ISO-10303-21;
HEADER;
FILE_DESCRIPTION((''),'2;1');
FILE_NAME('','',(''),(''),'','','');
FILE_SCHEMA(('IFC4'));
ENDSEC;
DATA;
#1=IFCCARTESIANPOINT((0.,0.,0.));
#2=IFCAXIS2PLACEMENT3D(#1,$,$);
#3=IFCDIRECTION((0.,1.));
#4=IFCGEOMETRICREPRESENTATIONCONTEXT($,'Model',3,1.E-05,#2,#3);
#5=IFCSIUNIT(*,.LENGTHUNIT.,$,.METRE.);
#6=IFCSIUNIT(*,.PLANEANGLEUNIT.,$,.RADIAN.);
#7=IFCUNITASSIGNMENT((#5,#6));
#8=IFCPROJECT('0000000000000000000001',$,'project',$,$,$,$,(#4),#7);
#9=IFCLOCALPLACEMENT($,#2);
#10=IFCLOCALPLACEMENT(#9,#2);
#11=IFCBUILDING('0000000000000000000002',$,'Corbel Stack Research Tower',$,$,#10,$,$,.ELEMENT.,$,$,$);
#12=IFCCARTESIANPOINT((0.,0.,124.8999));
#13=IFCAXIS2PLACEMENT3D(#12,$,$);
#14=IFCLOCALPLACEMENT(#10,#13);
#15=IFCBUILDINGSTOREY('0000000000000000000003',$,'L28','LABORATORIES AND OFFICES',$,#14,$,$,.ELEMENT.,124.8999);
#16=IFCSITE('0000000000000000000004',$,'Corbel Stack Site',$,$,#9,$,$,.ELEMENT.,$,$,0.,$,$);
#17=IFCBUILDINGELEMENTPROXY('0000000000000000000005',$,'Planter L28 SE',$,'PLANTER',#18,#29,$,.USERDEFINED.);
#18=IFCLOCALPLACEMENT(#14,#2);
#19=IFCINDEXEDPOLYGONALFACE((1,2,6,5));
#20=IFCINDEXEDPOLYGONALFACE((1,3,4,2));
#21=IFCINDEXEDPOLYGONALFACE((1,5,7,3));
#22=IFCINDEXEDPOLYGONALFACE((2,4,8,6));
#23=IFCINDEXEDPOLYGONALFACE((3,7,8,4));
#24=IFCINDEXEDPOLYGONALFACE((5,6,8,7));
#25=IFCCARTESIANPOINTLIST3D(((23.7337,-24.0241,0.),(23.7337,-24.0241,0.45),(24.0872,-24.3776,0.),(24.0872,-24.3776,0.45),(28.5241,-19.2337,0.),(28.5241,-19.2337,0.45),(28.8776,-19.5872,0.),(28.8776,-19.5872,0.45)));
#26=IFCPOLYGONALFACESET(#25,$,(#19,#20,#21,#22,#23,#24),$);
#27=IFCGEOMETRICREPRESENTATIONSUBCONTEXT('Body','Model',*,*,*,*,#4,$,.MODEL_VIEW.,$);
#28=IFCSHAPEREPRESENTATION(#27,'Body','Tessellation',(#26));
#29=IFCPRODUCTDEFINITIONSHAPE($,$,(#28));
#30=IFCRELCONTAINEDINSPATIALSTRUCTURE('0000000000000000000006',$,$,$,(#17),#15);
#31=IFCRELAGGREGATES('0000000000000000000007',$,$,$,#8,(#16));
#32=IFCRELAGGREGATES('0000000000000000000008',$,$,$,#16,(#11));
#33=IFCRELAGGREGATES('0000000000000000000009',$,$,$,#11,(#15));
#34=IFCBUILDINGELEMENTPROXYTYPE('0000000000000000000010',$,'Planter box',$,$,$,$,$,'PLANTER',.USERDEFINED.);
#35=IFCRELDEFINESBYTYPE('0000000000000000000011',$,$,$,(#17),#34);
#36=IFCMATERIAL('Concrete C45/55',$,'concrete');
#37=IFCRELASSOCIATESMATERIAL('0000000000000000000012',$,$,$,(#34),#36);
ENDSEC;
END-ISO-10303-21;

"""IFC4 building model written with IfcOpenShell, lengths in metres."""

from ifc_helpers import new_model, si_unit, direction, frame, origin, origin_2d, place, context, subcontext, project, spatial, rectangle, extrude, material, type_object, element, save


model = new_model("IFC4")

# Units and contexts
model_context = context("Model", 3, precision=1e-05, world=origin(), true_north=direction((0.0, 1.0)))
body_context = subcontext(model_context, "Body", "Model", "MODEL_VIEW")
ifc_project = project(units=[si_unit("LENGTHUNIT", "METRE"), si_unit("PLANEANGLEUNIT", "RADIAN")], contexts=[model_context])

# Site, building, storey
site_placement = place(None, origin())
site = spatial("IfcSite", under=ifc_project, at=site_placement, Name="Corbel Stack Site", CompositionType="ELEMENT", RefElevation=0.0)
building_placement = place(site_placement, origin())
building = spatial("IfcBuilding", under=site, at=building_placement, Name="Corbel Stack Research Tower", CompositionType="ELEMENT")
storey_placement = place(building_placement, frame((0.0, 0.0, 124.8999)))
storey = spatial("IfcBuildingStorey", under=building, at=storey_placement, Name="L28", Description="LABORATORIES AND OFFICES", CompositionType="ELEMENT", Elevation=124.8999)

# Building element proxy
ifc_material_1 = material(Name="Concrete C45/55", Category="concrete")
building_element_proxy_type = type_object("IfcBuildingElementProxyType", Name="Planter box", ElementType="PLANTER", PredefinedType="USERDEFINED", material=ifc_material_1)
proxy_placement = place(storey_placement, frame((26.3057, -21.8057, 0.0), z_axis=(0.0, 0.0, 1.0), x_axis=(0.707107, 0.707107, 0.0)))
element("IfcBuildingElementProxy", 1, at=proxy_placement, inside=storey, type_object=building_element_proxy_type, Name="Planter L28 SE", ObjectType="PLANTER", PredefinedType="USERDEFINED", context=body_context, shape_type="SweptSolid", body=[
    extrude(rectangle(XDim=6.7747, YDim=0.5, at=origin_2d()), origin(), (0.0, 0.0, 1.0), 0.45),
])

save(model, "model.ifc")
